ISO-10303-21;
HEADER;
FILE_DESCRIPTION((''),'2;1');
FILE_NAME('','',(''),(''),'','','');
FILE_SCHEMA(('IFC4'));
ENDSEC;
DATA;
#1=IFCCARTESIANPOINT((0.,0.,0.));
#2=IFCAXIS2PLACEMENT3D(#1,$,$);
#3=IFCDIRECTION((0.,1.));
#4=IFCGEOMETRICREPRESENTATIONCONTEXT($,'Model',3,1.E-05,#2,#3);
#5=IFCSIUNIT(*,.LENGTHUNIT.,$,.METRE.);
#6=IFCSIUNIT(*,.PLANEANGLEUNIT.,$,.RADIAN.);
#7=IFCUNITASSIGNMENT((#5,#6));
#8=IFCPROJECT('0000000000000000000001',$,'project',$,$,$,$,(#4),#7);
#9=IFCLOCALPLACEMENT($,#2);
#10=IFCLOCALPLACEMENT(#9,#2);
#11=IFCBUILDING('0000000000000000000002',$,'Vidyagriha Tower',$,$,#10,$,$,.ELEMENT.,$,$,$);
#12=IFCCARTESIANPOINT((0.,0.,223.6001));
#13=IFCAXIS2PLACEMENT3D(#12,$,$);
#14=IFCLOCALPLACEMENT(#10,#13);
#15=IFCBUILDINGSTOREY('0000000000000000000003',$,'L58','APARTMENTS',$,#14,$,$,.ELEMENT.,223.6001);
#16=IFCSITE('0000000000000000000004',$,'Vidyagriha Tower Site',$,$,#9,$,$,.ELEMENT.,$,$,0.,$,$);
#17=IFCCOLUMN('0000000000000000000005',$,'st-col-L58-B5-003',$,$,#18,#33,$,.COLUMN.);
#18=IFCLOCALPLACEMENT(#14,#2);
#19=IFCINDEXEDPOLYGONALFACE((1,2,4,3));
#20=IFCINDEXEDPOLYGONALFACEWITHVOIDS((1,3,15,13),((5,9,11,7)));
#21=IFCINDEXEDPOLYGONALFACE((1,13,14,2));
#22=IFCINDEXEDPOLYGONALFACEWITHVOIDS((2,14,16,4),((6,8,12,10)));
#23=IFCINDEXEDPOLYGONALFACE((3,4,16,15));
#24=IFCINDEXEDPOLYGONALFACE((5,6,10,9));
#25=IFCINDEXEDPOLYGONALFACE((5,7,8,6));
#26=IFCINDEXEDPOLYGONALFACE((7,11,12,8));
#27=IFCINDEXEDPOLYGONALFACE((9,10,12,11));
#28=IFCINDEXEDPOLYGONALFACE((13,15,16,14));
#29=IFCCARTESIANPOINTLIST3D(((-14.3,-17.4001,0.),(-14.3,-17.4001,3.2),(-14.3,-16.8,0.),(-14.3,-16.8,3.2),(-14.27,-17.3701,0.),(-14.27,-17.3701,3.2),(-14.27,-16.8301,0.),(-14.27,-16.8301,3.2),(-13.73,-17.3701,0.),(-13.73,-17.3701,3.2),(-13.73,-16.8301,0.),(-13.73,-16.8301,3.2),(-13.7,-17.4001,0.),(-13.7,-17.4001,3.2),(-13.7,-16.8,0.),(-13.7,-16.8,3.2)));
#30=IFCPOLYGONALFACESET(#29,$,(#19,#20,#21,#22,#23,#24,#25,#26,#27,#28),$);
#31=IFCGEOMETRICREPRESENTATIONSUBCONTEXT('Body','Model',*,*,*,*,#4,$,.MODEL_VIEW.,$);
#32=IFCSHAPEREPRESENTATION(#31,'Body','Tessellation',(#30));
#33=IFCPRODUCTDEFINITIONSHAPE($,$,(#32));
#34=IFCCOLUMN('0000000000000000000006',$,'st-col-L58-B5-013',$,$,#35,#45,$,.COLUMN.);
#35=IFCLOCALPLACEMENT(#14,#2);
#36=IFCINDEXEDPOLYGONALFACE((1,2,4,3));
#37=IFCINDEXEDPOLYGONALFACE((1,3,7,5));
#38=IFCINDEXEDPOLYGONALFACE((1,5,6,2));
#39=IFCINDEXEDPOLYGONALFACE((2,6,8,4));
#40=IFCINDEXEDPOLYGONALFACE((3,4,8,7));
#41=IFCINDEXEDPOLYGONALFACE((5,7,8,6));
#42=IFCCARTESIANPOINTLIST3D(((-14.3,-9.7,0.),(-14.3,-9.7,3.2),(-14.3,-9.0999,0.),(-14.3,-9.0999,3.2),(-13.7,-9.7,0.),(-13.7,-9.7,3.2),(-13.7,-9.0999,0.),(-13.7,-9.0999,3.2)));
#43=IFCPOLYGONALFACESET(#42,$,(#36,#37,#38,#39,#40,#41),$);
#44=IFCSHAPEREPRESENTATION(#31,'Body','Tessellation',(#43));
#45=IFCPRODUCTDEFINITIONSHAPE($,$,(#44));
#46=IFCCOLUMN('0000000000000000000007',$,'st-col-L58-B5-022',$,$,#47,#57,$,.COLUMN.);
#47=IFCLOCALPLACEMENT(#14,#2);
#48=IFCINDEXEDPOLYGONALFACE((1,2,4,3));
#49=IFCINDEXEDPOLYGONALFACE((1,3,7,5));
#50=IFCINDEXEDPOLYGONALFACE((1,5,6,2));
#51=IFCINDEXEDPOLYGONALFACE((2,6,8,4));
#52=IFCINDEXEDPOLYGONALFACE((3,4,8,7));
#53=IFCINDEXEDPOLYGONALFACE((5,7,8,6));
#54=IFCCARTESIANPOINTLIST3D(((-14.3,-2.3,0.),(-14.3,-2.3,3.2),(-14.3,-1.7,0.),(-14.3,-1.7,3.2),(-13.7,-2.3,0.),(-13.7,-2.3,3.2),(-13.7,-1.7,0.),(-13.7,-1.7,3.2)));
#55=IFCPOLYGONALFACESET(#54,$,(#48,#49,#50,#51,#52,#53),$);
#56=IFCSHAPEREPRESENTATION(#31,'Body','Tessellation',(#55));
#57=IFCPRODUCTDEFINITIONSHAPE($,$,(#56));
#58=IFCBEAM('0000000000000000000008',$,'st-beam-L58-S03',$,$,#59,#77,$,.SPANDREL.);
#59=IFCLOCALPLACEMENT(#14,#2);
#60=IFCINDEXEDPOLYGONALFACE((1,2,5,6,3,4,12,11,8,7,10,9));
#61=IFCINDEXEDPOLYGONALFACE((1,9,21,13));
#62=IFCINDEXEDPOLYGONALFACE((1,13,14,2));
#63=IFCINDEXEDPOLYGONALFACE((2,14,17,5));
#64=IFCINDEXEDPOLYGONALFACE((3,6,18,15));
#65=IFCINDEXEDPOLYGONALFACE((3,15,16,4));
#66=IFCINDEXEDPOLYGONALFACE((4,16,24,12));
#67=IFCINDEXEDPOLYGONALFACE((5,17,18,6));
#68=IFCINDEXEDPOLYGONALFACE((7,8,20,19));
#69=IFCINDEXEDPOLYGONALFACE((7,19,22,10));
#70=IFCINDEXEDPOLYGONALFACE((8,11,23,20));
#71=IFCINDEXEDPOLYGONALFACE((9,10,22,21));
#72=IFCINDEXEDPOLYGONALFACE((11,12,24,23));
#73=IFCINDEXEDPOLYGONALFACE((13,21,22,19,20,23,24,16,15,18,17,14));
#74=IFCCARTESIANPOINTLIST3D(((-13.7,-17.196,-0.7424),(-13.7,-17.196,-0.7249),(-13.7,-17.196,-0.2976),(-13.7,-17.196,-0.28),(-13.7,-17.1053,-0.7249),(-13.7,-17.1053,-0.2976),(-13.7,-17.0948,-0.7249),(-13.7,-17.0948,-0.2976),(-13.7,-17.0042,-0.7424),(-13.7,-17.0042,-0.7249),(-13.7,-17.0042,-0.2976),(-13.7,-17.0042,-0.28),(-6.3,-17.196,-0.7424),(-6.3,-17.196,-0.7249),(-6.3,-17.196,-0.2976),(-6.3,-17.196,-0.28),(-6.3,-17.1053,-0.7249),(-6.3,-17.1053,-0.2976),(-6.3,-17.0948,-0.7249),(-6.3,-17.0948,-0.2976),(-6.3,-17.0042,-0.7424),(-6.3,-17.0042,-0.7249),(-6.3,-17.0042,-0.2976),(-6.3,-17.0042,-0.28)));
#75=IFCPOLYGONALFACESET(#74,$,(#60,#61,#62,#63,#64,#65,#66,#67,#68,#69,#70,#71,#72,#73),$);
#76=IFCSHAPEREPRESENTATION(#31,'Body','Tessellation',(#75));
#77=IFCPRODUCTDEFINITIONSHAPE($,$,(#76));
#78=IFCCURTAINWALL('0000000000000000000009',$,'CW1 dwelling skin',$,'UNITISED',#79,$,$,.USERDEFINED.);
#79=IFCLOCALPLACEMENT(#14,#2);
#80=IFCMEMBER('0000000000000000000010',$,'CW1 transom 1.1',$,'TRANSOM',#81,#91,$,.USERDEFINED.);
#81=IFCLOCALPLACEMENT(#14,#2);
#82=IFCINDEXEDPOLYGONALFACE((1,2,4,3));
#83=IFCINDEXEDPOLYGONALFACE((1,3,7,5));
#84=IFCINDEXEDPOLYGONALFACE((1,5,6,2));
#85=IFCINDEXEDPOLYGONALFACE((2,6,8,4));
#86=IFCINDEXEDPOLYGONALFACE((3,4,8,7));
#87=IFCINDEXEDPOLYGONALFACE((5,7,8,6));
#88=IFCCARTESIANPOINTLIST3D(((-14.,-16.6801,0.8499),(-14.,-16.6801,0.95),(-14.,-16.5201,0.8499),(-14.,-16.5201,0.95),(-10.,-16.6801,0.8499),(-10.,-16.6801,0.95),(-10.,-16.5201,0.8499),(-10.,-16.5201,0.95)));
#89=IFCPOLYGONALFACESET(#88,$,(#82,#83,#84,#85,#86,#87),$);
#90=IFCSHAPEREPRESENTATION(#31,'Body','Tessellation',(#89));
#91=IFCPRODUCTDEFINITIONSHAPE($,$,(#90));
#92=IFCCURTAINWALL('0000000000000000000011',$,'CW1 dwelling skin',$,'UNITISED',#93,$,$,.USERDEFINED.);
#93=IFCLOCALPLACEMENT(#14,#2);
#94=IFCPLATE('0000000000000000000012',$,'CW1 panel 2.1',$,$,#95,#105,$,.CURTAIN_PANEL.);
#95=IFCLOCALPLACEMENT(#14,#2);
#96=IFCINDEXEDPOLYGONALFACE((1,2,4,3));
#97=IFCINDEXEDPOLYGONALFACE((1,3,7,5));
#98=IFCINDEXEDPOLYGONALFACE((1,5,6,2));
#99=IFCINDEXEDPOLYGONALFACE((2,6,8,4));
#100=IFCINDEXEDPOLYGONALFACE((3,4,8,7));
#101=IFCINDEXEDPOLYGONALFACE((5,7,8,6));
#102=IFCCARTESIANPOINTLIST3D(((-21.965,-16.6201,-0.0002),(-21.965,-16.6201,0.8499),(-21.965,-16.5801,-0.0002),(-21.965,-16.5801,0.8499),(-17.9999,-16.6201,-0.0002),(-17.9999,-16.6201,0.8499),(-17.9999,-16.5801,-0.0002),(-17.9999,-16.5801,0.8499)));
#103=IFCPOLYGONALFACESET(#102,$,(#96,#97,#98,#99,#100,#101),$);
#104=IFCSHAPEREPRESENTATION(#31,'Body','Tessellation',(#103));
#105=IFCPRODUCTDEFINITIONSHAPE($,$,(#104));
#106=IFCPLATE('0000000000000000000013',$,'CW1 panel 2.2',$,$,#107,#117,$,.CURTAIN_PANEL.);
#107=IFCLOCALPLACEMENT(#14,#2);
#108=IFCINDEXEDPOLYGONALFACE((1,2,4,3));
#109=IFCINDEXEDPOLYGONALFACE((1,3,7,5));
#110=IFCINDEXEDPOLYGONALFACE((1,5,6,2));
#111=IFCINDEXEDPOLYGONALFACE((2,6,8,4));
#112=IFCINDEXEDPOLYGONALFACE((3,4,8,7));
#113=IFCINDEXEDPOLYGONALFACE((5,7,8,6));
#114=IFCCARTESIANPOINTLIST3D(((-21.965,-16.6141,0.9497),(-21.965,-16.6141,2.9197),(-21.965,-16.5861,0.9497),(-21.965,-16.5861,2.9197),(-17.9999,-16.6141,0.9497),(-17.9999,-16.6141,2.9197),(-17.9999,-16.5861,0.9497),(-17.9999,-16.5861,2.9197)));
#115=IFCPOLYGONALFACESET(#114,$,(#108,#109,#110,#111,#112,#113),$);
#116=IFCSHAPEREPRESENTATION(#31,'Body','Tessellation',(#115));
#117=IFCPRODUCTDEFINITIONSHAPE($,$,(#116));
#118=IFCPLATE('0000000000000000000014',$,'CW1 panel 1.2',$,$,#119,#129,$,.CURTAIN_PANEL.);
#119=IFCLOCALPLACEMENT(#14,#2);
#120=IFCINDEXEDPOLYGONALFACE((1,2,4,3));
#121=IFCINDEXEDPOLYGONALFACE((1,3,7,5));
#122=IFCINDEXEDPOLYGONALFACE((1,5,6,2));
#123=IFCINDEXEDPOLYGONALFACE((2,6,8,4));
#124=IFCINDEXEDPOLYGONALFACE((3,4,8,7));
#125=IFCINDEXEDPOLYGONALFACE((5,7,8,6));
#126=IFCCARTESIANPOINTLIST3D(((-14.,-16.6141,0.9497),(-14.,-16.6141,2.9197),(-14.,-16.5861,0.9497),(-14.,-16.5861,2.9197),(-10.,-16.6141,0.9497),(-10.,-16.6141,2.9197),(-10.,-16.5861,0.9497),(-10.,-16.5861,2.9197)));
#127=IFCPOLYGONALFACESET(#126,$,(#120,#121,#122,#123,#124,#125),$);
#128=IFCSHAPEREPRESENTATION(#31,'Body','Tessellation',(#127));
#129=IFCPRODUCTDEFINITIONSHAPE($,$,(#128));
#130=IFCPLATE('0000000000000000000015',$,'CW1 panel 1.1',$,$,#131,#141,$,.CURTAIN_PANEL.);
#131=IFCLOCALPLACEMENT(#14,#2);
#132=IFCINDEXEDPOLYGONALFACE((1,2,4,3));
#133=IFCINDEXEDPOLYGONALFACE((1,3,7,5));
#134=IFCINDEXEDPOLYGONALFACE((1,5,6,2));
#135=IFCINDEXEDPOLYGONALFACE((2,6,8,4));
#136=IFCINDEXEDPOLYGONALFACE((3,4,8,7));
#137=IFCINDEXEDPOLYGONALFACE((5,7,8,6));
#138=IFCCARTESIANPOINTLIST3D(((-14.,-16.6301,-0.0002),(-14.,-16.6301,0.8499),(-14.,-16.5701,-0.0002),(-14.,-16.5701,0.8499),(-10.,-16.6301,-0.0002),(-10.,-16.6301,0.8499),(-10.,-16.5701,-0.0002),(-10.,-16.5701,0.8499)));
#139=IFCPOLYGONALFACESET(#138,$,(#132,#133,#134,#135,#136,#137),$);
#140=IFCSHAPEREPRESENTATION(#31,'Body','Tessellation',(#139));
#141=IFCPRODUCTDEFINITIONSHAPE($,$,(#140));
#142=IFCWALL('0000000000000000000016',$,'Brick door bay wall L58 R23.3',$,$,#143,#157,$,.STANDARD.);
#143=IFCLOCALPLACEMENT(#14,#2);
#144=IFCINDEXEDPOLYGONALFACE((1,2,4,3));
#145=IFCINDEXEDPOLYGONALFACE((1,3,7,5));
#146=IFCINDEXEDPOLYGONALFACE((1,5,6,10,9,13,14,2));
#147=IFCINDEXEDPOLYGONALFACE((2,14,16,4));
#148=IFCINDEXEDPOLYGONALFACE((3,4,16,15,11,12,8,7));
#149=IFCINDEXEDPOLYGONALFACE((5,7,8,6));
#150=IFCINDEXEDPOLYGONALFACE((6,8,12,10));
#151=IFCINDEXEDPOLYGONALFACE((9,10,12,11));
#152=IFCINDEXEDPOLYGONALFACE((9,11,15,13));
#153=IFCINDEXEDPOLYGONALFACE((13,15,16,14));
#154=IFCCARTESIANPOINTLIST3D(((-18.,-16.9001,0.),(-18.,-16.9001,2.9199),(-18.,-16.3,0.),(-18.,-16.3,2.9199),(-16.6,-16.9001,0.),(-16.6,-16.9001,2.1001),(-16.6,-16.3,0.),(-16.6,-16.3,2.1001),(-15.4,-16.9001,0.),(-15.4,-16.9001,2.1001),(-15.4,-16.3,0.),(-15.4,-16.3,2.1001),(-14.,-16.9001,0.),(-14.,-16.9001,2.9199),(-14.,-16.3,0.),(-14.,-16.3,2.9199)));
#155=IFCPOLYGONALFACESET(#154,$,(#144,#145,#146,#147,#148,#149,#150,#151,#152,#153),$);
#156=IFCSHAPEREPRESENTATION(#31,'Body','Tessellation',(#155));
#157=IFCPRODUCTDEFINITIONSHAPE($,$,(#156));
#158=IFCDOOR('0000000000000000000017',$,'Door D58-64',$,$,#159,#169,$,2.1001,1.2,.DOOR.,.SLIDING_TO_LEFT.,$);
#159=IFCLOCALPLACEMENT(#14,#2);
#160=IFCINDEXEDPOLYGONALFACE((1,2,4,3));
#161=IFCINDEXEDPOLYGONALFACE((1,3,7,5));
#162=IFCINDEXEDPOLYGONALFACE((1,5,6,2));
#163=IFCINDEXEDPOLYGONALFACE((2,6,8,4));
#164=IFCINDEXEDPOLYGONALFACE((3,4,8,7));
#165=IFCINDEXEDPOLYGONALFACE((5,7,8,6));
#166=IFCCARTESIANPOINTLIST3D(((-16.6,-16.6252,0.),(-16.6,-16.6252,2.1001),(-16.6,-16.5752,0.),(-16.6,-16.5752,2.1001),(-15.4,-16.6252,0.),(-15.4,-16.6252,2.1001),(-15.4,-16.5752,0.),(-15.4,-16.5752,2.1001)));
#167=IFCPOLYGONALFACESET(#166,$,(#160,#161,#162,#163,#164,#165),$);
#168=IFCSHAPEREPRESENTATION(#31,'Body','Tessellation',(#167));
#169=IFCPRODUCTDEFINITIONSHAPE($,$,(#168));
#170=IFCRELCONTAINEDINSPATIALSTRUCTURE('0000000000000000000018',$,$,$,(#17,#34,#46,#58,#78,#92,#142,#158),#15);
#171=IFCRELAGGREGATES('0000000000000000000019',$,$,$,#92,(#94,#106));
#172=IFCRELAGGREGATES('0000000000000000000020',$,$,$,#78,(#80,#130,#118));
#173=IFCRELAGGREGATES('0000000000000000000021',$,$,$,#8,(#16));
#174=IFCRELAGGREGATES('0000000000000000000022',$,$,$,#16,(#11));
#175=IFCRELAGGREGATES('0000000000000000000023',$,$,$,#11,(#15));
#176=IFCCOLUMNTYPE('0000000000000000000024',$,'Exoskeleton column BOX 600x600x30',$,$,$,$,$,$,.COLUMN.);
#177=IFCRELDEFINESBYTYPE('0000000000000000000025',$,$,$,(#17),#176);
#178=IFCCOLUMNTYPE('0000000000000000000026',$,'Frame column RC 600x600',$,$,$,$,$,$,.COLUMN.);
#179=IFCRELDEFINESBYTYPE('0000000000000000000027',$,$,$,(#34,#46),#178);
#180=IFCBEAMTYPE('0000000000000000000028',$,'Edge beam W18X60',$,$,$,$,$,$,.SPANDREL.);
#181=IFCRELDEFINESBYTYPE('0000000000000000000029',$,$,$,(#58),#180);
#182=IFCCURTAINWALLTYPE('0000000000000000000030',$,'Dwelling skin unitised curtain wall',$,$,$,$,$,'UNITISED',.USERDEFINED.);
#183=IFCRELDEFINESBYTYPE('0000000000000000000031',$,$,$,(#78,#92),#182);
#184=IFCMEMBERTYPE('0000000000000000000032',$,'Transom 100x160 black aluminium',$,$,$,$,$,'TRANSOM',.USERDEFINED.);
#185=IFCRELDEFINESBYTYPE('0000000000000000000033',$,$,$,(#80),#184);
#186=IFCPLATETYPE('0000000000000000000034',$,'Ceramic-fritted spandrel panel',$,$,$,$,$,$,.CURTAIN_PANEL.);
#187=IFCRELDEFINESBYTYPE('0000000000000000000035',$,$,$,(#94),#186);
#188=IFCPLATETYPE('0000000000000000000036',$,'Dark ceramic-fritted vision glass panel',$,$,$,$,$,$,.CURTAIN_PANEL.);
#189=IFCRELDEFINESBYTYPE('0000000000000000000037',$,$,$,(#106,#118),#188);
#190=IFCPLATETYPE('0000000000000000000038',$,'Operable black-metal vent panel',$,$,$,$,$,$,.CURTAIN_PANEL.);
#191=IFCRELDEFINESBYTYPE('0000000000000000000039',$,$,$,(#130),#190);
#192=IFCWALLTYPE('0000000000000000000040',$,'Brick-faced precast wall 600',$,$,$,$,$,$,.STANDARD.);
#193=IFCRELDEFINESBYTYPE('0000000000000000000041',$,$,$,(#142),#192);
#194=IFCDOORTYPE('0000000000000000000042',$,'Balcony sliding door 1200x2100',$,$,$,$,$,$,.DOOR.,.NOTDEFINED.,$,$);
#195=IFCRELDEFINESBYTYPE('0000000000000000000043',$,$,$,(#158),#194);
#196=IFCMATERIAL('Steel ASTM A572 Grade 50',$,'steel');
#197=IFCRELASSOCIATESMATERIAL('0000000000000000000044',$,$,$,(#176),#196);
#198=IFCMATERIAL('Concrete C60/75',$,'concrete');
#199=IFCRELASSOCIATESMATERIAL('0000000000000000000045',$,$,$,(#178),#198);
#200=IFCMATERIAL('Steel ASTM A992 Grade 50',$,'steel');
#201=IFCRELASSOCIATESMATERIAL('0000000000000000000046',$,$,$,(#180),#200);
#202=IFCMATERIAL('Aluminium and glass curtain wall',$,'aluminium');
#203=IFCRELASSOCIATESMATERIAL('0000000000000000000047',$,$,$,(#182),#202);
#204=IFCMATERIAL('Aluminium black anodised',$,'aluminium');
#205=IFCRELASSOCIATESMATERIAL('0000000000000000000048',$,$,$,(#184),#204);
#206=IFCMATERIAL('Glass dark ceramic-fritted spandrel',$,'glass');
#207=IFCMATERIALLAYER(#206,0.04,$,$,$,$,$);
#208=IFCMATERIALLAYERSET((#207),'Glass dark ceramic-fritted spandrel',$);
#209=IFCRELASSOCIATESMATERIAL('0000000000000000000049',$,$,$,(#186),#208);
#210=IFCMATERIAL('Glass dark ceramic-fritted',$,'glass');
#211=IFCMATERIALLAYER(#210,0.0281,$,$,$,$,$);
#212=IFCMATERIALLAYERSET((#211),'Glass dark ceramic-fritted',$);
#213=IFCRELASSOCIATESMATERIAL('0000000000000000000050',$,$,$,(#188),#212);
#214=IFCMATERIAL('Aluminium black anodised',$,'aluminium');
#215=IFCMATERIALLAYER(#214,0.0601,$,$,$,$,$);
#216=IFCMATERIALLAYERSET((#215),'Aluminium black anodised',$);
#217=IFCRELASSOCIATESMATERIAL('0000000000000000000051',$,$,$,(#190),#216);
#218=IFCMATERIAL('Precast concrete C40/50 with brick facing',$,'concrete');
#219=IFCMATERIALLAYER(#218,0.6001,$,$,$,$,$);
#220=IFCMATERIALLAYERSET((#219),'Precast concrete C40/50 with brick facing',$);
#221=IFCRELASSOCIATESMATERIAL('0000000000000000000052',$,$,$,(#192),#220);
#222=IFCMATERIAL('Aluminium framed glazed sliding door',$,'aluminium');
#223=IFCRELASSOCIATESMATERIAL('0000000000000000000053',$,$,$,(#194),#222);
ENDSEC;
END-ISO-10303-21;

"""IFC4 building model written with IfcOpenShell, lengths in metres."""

from ifc_helpers import new_model, si_unit, direction, frame, frame_2d, origin, origin_2d, place, context, subcontext, project, spatial, rectangle, hollow_rectangle, i_section, extrude, material, layer, layer_set, material_profile, profile_set, type_object, element, fill, aggregate, save


model = new_model("IFC4")

# Units and contexts
model_context = context("Model", 3, precision=1e-05, world=origin(), true_north=direction((0.0, 1.0)))
body_context = subcontext(model_context, "Body", "Model", "MODEL_VIEW")
ifc_project = project(units=[si_unit("LENGTHUNIT", "METRE"), si_unit("PLANEANGLEUNIT", "RADIAN")], contexts=[model_context])

# Site, building, storey
site_placement = place(None, origin())
site = spatial("IfcSite", under=ifc_project, at=site_placement, Name="Vidyagriha Tower Site", CompositionType="ELEMENT", RefElevation=0.0)
building_placement = place(site_placement, origin())
building = spatial("IfcBuilding", under=site, at=building_placement, Name="Vidyagriha Tower", CompositionType="ELEMENT")
storey_placement = place(building_placement, frame((0.0, 0.0, 223.6001)))
storey = spatial("IfcBuildingStorey", under=building, at=storey_placement, Name="L58", Description="APARTMENTS", CompositionType="ELEMENT", Elevation=223.6001)

# Columns
ifc_material_1 = material(Name="Steel ASTM A572 Grade 50", Category="steel")
ifc_material_profile_1 = material_profile(ifc_material_1, hollow_rectangle(XDim=0.6001, YDim=0.6001, WallThickness=0.03, at=origin_2d()), Name="BOX 600x600x30")
ifc_profile_set_1 = profile_set([ifc_material_profile_1], Name="Steel ASTM A572 Grade 50")
column_type_1 = type_object("IfcColumnType", Name="Exoskeleton column BOX 600x600x30", PredefinedType="COLUMN", material=ifc_profile_set_1)
column_placement = place(storey_placement, frame((-14.0, -17.1001, 0.0)))
element("IfcColumn", 1, at=column_placement, inside=storey, type_object=column_type_1, Name="st-col-L58-B5-003", PredefinedType="COLUMN", context=body_context, shape_type="SweptSolid", body=[
    extrude(hollow_rectangle(XDim=0.6001, YDim=0.6001, WallThickness=0.03, at=origin_2d()), origin(), (0.0, 0.0, 1.0), 3.2),
])
ifc_material_2 = material(Name="Concrete C60/75", Category="concrete")
ifc_material_profile_2 = material_profile(ifc_material_2, rectangle(XDim=0.6001, YDim=0.6001, at=origin_2d()), Name="RC 600x600")
ifc_profile_set_2 = profile_set([ifc_material_profile_2], Name="Concrete C60/75")
column_type_2 = type_object("IfcColumnType", Name="Frame column RC 600x600", PredefinedType="COLUMN", material=ifc_profile_set_2)
for number, where, name in (
    (2, (-14.0, -9.3999, 0.0), "st-col-L58-B5-013"),
    (3, (-14.0, -2.0, 0.0), "st-col-L58-B5-022"),
):
    element("IfcColumn", number, at=place(storey_placement, frame(where)), inside=storey, type_object=column_type_2, Name=name, PredefinedType="COLUMN", context=body_context, shape_type="SweptSolid", body=[
        extrude(rectangle(XDim=0.6001, YDim=0.6001, at=origin_2d()), origin(), (0.0, 0.0, 1.0), 3.2),
    ])

# Beam
ifc_material_3 = material(Name="Steel ASTM A992 Grade 50", Category="steel")
ifc_material_profile_3 = material_profile(ifc_material_3, i_section(OverallWidth=0.1919, OverallDepth=0.4624, WebThickness=0.0105, FlangeThickness=0.0176, at=origin_2d()), Name="W18X60")
ifc_profile_set_3 = profile_set([ifc_material_profile_3], Name="Steel ASTM A992 Grade 50")
beam_type = type_object("IfcBeamType", Name="Edge beam W18X60", PredefinedType="SPANDREL", material=ifc_profile_set_3)
beam_placement = place(storey_placement, frame((-13.7, -17.1001, -0.5112), z_axis=(1.0, 0.0, 0.0), x_axis=(0.0, 1.0, 0.0)))
element("IfcBeam", 4, at=beam_placement, inside=storey, type_object=beam_type, Name="st-beam-L58-S03", PredefinedType="SPANDREL", context=body_context, shape_type="SweptSolid", body=[
    extrude(i_section(OverallWidth=0.1919, OverallDepth=0.4624, WebThickness=0.0105, FlangeThickness=0.0176, at=origin_2d()), origin(), (0.0, 0.0, 1.0), 7.3999),
])

# Curtain wall, member
ifc_material_4 = material(Name="Aluminium and glass curtain wall", Category="aluminium")
curtain_wall_type = type_object("IfcCurtainWallType", Name="Dwelling skin unitised curtain wall", ElementType="UNITISED", PredefinedType="USERDEFINED", material=ifc_material_4)
curtain_wall_1_placement = place(storey_placement, origin())
curtain_wall_1 = element("IfcCurtainWall", 5, at=curtain_wall_1_placement, inside=storey, type_object=curtain_wall_type, Name="CW1 dwelling skin", ObjectType="UNITISED", PredefinedType="USERDEFINED")
ifc_material_5 = material(Name="Aluminium black anodised", Category="aluminium")
ifc_material_profile_4 = material_profile(ifc_material_5, rectangle(XDim=0.1599, YDim=0.1001, at=origin_2d()), Name="Transom 100x160 black aluminium")
ifc_profile_set_4 = profile_set([ifc_material_profile_4], Name="Aluminium black anodised")
member_type = type_object("IfcMemberType", Name="Transom 100x160 black aluminium", ElementType="TRANSOM", PredefinedType="USERDEFINED", material=ifc_profile_set_4)
member_placement = place(storey_placement, frame((-14.0, -16.6001, 0.8999), z_axis=(1.0, 0.0, 0.0), x_axis=(0.0, 1.0, 0.0)))
member = element("IfcMember", 6, at=member_placement, type_object=member_type, Name="CW1 transom 1.1", ObjectType="TRANSOM", PredefinedType="USERDEFINED", context=body_context, shape_type="SweptSolid", body=[
    extrude(rectangle(XDim=0.1599, YDim=0.1001, at=origin_2d()), origin(), (0.0, 0.0, 1.0), 4.0),
])

# Curtain wall, plates
curtain_wall_2_placement = place(storey_placement, origin())
curtain_wall_2 = element("IfcCurtainWall", 7, at=curtain_wall_2_placement, inside=storey, type_object=curtain_wall_type, Name="CW1 dwelling skin", ObjectType="UNITISED", PredefinedType="USERDEFINED")
ifc_material_6 = material(Name="Glass dark ceramic-fritted spandrel", Category="glass")
ifc_layer_1 = layer(ifc_material_6, 0.04)
ifc_layer_set_1 = layer_set([ifc_layer_1], Name="Glass dark ceramic-fritted spandrel")
plate_type_1 = type_object("IfcPlateType", Name="Ceramic-fritted spandrel panel", PredefinedType="CURTAIN_PANEL", material=ifc_layer_set_1)
plate_1_placement = place(storey_placement, frame((-19.9824, -16.6001, -0.0002)))
plate_1 = element("IfcPlate", 8, at=plate_1_placement, type_object=plate_type_1, Name="CW1 panel 2.1", PredefinedType="CURTAIN_PANEL", context=body_context, shape_type="SweptSolid", body=[
    extrude(rectangle(XDim=3.9651, YDim=0.04, at=origin_2d()), origin(), (0.0, 0.0, 1.0), 0.8501),
])
ifc_material_7 = material(Name="Glass dark ceramic-fritted", Category="glass")
ifc_layer_2 = layer(ifc_material_7, 0.0281)
ifc_layer_set_2 = layer_set([ifc_layer_2], Name="Glass dark ceramic-fritted")
plate_type_2 = type_object("IfcPlateType", Name="Dark ceramic-fritted vision glass panel", PredefinedType="CURTAIN_PANEL", material=ifc_layer_set_2)
plate_2_placement = place(storey_placement, frame((-19.9824, -16.6001, 0.9497)))
plate_2 = element("IfcPlate", 9, at=plate_2_placement, type_object=plate_type_2, Name="CW1 panel 2.2", PredefinedType="CURTAIN_PANEL", context=body_context, shape_type="SweptSolid", body=[
    extrude(rectangle(XDim=3.9651, YDim=0.0281, at=origin_2d()), origin(), (0.0, 0.0, 1.0), 1.97),
])
aggregate(curtain_wall_2, [plate_1, plate_2])

# Plates
plate_3_placement = place(storey_placement, frame((-12.0, -16.6001, 0.9497)))
plate_3 = element("IfcPlate", 10, at=plate_3_placement, type_object=plate_type_2, Name="CW1 panel 1.2", PredefinedType="CURTAIN_PANEL", context=body_context, shape_type="SweptSolid", body=[
    extrude(rectangle(XDim=4.0, YDim=0.0281, at=origin_2d()), origin(), (0.0, 0.0, 1.0), 1.97),
])
ifc_material_8 = material(Name="Aluminium black anodised", Category="aluminium")
ifc_layer_3 = layer(ifc_material_8, 0.0601)
ifc_layer_set_3 = layer_set([ifc_layer_3], Name="Aluminium black anodised")
plate_type_3 = type_object("IfcPlateType", Name="Operable black-metal vent panel", PredefinedType="CURTAIN_PANEL", material=ifc_layer_set_3)
plate_4_placement = place(storey_placement, frame((-12.0, -16.6001, -0.0002)))
plate_4 = element("IfcPlate", 11, at=plate_4_placement, type_object=plate_type_3, Name="CW1 panel 1.1", PredefinedType="CURTAIN_PANEL", context=body_context, shape_type="SweptSolid", body=[
    extrude(rectangle(XDim=4.0, YDim=0.0601, at=origin_2d()), origin(), (0.0, 0.0, 1.0), 0.8501),
])
aggregate(curtain_wall_1, [member, plate_4, plate_3])

# Wall, opening, door
ifc_material_9 = material(Name="Precast concrete C40/50 with brick facing", Category="concrete")
ifc_layer_4 = layer(ifc_material_9, 0.6001)
ifc_layer_set_4 = layer_set([ifc_layer_4], Name="Precast concrete C40/50 with brick facing")
wall_type_1 = type_object("IfcWallType", Name="Brick-faced precast wall 600", PredefinedType="STANDARD", material=ifc_layer_set_4)
wall_1_placement = place(storey_placement, frame((-18.0, -16.6001, 0.0)))
wall_1 = element("IfcWall", 12, at=wall_1_placement, inside=storey, type_object=wall_type_1, Name="Brick door bay wall L58 R23.3", PredefinedType="STANDARD", context=body_context, shape_type="SweptSolid", body=[
    extrude(rectangle(XDim=4.0, YDim=0.6001, at=frame_2d((2.0, 0.0))), origin(), (0.0, 0.0, 1.0), 2.9199),
])
opening_1_placement = place(wall_1_placement, frame((1.3999, 0.0, 0.0)))
opening_1 = element("IfcOpeningElement", 13, at=opening_1_placement, cuts=wall_1, PredefinedType="OPENING", context=body_context, shape_type="SweptSolid", body=[
    extrude(rectangle(XDim=1.2, YDim=2.1001, at=frame_2d((0.6001, 1.05))), frame((0.0, 0.3101, 0.0), z_axis=(0.0, -1.0, 0.0), x_axis=(1.0, 0.0, 0.0)), (0.0, 0.0, 1.0), 0.6201),
])
ifc_material_10 = material(Name="Aluminium framed glazed sliding door", Category="aluminium")
door_type = type_object("IfcDoorType", Name="Balcony sliding door 1200x2100", OperationType="NOTDEFINED", PredefinedType="DOOR", material=ifc_material_10)
door_1_placement = place(opening_1_placement, origin())
door_1 = element("IfcDoor", 14, at=door_1_placement, inside=storey, type_object=door_type, Name="Door D58-64", OperationType="SLIDING_TO_LEFT", OverallHeight=2.1001, OverallWidth=1.2, PredefinedType="DOOR", context=body_context, shape_type="SweptSolid", body=[
    extrude(rectangle(XDim=1.2, YDim=2.1001, at=frame_2d((0.6001, 1.05))), frame((0.0, 0.0249, 0.0), z_axis=(0.0, -1.0, 0.0), x_axis=(1.0, 0.0, 0.0)), (0.0, 0.0, 1.0), 0.05),
])
fill(opening_1, door_1)

save(model, "model.ifc")
